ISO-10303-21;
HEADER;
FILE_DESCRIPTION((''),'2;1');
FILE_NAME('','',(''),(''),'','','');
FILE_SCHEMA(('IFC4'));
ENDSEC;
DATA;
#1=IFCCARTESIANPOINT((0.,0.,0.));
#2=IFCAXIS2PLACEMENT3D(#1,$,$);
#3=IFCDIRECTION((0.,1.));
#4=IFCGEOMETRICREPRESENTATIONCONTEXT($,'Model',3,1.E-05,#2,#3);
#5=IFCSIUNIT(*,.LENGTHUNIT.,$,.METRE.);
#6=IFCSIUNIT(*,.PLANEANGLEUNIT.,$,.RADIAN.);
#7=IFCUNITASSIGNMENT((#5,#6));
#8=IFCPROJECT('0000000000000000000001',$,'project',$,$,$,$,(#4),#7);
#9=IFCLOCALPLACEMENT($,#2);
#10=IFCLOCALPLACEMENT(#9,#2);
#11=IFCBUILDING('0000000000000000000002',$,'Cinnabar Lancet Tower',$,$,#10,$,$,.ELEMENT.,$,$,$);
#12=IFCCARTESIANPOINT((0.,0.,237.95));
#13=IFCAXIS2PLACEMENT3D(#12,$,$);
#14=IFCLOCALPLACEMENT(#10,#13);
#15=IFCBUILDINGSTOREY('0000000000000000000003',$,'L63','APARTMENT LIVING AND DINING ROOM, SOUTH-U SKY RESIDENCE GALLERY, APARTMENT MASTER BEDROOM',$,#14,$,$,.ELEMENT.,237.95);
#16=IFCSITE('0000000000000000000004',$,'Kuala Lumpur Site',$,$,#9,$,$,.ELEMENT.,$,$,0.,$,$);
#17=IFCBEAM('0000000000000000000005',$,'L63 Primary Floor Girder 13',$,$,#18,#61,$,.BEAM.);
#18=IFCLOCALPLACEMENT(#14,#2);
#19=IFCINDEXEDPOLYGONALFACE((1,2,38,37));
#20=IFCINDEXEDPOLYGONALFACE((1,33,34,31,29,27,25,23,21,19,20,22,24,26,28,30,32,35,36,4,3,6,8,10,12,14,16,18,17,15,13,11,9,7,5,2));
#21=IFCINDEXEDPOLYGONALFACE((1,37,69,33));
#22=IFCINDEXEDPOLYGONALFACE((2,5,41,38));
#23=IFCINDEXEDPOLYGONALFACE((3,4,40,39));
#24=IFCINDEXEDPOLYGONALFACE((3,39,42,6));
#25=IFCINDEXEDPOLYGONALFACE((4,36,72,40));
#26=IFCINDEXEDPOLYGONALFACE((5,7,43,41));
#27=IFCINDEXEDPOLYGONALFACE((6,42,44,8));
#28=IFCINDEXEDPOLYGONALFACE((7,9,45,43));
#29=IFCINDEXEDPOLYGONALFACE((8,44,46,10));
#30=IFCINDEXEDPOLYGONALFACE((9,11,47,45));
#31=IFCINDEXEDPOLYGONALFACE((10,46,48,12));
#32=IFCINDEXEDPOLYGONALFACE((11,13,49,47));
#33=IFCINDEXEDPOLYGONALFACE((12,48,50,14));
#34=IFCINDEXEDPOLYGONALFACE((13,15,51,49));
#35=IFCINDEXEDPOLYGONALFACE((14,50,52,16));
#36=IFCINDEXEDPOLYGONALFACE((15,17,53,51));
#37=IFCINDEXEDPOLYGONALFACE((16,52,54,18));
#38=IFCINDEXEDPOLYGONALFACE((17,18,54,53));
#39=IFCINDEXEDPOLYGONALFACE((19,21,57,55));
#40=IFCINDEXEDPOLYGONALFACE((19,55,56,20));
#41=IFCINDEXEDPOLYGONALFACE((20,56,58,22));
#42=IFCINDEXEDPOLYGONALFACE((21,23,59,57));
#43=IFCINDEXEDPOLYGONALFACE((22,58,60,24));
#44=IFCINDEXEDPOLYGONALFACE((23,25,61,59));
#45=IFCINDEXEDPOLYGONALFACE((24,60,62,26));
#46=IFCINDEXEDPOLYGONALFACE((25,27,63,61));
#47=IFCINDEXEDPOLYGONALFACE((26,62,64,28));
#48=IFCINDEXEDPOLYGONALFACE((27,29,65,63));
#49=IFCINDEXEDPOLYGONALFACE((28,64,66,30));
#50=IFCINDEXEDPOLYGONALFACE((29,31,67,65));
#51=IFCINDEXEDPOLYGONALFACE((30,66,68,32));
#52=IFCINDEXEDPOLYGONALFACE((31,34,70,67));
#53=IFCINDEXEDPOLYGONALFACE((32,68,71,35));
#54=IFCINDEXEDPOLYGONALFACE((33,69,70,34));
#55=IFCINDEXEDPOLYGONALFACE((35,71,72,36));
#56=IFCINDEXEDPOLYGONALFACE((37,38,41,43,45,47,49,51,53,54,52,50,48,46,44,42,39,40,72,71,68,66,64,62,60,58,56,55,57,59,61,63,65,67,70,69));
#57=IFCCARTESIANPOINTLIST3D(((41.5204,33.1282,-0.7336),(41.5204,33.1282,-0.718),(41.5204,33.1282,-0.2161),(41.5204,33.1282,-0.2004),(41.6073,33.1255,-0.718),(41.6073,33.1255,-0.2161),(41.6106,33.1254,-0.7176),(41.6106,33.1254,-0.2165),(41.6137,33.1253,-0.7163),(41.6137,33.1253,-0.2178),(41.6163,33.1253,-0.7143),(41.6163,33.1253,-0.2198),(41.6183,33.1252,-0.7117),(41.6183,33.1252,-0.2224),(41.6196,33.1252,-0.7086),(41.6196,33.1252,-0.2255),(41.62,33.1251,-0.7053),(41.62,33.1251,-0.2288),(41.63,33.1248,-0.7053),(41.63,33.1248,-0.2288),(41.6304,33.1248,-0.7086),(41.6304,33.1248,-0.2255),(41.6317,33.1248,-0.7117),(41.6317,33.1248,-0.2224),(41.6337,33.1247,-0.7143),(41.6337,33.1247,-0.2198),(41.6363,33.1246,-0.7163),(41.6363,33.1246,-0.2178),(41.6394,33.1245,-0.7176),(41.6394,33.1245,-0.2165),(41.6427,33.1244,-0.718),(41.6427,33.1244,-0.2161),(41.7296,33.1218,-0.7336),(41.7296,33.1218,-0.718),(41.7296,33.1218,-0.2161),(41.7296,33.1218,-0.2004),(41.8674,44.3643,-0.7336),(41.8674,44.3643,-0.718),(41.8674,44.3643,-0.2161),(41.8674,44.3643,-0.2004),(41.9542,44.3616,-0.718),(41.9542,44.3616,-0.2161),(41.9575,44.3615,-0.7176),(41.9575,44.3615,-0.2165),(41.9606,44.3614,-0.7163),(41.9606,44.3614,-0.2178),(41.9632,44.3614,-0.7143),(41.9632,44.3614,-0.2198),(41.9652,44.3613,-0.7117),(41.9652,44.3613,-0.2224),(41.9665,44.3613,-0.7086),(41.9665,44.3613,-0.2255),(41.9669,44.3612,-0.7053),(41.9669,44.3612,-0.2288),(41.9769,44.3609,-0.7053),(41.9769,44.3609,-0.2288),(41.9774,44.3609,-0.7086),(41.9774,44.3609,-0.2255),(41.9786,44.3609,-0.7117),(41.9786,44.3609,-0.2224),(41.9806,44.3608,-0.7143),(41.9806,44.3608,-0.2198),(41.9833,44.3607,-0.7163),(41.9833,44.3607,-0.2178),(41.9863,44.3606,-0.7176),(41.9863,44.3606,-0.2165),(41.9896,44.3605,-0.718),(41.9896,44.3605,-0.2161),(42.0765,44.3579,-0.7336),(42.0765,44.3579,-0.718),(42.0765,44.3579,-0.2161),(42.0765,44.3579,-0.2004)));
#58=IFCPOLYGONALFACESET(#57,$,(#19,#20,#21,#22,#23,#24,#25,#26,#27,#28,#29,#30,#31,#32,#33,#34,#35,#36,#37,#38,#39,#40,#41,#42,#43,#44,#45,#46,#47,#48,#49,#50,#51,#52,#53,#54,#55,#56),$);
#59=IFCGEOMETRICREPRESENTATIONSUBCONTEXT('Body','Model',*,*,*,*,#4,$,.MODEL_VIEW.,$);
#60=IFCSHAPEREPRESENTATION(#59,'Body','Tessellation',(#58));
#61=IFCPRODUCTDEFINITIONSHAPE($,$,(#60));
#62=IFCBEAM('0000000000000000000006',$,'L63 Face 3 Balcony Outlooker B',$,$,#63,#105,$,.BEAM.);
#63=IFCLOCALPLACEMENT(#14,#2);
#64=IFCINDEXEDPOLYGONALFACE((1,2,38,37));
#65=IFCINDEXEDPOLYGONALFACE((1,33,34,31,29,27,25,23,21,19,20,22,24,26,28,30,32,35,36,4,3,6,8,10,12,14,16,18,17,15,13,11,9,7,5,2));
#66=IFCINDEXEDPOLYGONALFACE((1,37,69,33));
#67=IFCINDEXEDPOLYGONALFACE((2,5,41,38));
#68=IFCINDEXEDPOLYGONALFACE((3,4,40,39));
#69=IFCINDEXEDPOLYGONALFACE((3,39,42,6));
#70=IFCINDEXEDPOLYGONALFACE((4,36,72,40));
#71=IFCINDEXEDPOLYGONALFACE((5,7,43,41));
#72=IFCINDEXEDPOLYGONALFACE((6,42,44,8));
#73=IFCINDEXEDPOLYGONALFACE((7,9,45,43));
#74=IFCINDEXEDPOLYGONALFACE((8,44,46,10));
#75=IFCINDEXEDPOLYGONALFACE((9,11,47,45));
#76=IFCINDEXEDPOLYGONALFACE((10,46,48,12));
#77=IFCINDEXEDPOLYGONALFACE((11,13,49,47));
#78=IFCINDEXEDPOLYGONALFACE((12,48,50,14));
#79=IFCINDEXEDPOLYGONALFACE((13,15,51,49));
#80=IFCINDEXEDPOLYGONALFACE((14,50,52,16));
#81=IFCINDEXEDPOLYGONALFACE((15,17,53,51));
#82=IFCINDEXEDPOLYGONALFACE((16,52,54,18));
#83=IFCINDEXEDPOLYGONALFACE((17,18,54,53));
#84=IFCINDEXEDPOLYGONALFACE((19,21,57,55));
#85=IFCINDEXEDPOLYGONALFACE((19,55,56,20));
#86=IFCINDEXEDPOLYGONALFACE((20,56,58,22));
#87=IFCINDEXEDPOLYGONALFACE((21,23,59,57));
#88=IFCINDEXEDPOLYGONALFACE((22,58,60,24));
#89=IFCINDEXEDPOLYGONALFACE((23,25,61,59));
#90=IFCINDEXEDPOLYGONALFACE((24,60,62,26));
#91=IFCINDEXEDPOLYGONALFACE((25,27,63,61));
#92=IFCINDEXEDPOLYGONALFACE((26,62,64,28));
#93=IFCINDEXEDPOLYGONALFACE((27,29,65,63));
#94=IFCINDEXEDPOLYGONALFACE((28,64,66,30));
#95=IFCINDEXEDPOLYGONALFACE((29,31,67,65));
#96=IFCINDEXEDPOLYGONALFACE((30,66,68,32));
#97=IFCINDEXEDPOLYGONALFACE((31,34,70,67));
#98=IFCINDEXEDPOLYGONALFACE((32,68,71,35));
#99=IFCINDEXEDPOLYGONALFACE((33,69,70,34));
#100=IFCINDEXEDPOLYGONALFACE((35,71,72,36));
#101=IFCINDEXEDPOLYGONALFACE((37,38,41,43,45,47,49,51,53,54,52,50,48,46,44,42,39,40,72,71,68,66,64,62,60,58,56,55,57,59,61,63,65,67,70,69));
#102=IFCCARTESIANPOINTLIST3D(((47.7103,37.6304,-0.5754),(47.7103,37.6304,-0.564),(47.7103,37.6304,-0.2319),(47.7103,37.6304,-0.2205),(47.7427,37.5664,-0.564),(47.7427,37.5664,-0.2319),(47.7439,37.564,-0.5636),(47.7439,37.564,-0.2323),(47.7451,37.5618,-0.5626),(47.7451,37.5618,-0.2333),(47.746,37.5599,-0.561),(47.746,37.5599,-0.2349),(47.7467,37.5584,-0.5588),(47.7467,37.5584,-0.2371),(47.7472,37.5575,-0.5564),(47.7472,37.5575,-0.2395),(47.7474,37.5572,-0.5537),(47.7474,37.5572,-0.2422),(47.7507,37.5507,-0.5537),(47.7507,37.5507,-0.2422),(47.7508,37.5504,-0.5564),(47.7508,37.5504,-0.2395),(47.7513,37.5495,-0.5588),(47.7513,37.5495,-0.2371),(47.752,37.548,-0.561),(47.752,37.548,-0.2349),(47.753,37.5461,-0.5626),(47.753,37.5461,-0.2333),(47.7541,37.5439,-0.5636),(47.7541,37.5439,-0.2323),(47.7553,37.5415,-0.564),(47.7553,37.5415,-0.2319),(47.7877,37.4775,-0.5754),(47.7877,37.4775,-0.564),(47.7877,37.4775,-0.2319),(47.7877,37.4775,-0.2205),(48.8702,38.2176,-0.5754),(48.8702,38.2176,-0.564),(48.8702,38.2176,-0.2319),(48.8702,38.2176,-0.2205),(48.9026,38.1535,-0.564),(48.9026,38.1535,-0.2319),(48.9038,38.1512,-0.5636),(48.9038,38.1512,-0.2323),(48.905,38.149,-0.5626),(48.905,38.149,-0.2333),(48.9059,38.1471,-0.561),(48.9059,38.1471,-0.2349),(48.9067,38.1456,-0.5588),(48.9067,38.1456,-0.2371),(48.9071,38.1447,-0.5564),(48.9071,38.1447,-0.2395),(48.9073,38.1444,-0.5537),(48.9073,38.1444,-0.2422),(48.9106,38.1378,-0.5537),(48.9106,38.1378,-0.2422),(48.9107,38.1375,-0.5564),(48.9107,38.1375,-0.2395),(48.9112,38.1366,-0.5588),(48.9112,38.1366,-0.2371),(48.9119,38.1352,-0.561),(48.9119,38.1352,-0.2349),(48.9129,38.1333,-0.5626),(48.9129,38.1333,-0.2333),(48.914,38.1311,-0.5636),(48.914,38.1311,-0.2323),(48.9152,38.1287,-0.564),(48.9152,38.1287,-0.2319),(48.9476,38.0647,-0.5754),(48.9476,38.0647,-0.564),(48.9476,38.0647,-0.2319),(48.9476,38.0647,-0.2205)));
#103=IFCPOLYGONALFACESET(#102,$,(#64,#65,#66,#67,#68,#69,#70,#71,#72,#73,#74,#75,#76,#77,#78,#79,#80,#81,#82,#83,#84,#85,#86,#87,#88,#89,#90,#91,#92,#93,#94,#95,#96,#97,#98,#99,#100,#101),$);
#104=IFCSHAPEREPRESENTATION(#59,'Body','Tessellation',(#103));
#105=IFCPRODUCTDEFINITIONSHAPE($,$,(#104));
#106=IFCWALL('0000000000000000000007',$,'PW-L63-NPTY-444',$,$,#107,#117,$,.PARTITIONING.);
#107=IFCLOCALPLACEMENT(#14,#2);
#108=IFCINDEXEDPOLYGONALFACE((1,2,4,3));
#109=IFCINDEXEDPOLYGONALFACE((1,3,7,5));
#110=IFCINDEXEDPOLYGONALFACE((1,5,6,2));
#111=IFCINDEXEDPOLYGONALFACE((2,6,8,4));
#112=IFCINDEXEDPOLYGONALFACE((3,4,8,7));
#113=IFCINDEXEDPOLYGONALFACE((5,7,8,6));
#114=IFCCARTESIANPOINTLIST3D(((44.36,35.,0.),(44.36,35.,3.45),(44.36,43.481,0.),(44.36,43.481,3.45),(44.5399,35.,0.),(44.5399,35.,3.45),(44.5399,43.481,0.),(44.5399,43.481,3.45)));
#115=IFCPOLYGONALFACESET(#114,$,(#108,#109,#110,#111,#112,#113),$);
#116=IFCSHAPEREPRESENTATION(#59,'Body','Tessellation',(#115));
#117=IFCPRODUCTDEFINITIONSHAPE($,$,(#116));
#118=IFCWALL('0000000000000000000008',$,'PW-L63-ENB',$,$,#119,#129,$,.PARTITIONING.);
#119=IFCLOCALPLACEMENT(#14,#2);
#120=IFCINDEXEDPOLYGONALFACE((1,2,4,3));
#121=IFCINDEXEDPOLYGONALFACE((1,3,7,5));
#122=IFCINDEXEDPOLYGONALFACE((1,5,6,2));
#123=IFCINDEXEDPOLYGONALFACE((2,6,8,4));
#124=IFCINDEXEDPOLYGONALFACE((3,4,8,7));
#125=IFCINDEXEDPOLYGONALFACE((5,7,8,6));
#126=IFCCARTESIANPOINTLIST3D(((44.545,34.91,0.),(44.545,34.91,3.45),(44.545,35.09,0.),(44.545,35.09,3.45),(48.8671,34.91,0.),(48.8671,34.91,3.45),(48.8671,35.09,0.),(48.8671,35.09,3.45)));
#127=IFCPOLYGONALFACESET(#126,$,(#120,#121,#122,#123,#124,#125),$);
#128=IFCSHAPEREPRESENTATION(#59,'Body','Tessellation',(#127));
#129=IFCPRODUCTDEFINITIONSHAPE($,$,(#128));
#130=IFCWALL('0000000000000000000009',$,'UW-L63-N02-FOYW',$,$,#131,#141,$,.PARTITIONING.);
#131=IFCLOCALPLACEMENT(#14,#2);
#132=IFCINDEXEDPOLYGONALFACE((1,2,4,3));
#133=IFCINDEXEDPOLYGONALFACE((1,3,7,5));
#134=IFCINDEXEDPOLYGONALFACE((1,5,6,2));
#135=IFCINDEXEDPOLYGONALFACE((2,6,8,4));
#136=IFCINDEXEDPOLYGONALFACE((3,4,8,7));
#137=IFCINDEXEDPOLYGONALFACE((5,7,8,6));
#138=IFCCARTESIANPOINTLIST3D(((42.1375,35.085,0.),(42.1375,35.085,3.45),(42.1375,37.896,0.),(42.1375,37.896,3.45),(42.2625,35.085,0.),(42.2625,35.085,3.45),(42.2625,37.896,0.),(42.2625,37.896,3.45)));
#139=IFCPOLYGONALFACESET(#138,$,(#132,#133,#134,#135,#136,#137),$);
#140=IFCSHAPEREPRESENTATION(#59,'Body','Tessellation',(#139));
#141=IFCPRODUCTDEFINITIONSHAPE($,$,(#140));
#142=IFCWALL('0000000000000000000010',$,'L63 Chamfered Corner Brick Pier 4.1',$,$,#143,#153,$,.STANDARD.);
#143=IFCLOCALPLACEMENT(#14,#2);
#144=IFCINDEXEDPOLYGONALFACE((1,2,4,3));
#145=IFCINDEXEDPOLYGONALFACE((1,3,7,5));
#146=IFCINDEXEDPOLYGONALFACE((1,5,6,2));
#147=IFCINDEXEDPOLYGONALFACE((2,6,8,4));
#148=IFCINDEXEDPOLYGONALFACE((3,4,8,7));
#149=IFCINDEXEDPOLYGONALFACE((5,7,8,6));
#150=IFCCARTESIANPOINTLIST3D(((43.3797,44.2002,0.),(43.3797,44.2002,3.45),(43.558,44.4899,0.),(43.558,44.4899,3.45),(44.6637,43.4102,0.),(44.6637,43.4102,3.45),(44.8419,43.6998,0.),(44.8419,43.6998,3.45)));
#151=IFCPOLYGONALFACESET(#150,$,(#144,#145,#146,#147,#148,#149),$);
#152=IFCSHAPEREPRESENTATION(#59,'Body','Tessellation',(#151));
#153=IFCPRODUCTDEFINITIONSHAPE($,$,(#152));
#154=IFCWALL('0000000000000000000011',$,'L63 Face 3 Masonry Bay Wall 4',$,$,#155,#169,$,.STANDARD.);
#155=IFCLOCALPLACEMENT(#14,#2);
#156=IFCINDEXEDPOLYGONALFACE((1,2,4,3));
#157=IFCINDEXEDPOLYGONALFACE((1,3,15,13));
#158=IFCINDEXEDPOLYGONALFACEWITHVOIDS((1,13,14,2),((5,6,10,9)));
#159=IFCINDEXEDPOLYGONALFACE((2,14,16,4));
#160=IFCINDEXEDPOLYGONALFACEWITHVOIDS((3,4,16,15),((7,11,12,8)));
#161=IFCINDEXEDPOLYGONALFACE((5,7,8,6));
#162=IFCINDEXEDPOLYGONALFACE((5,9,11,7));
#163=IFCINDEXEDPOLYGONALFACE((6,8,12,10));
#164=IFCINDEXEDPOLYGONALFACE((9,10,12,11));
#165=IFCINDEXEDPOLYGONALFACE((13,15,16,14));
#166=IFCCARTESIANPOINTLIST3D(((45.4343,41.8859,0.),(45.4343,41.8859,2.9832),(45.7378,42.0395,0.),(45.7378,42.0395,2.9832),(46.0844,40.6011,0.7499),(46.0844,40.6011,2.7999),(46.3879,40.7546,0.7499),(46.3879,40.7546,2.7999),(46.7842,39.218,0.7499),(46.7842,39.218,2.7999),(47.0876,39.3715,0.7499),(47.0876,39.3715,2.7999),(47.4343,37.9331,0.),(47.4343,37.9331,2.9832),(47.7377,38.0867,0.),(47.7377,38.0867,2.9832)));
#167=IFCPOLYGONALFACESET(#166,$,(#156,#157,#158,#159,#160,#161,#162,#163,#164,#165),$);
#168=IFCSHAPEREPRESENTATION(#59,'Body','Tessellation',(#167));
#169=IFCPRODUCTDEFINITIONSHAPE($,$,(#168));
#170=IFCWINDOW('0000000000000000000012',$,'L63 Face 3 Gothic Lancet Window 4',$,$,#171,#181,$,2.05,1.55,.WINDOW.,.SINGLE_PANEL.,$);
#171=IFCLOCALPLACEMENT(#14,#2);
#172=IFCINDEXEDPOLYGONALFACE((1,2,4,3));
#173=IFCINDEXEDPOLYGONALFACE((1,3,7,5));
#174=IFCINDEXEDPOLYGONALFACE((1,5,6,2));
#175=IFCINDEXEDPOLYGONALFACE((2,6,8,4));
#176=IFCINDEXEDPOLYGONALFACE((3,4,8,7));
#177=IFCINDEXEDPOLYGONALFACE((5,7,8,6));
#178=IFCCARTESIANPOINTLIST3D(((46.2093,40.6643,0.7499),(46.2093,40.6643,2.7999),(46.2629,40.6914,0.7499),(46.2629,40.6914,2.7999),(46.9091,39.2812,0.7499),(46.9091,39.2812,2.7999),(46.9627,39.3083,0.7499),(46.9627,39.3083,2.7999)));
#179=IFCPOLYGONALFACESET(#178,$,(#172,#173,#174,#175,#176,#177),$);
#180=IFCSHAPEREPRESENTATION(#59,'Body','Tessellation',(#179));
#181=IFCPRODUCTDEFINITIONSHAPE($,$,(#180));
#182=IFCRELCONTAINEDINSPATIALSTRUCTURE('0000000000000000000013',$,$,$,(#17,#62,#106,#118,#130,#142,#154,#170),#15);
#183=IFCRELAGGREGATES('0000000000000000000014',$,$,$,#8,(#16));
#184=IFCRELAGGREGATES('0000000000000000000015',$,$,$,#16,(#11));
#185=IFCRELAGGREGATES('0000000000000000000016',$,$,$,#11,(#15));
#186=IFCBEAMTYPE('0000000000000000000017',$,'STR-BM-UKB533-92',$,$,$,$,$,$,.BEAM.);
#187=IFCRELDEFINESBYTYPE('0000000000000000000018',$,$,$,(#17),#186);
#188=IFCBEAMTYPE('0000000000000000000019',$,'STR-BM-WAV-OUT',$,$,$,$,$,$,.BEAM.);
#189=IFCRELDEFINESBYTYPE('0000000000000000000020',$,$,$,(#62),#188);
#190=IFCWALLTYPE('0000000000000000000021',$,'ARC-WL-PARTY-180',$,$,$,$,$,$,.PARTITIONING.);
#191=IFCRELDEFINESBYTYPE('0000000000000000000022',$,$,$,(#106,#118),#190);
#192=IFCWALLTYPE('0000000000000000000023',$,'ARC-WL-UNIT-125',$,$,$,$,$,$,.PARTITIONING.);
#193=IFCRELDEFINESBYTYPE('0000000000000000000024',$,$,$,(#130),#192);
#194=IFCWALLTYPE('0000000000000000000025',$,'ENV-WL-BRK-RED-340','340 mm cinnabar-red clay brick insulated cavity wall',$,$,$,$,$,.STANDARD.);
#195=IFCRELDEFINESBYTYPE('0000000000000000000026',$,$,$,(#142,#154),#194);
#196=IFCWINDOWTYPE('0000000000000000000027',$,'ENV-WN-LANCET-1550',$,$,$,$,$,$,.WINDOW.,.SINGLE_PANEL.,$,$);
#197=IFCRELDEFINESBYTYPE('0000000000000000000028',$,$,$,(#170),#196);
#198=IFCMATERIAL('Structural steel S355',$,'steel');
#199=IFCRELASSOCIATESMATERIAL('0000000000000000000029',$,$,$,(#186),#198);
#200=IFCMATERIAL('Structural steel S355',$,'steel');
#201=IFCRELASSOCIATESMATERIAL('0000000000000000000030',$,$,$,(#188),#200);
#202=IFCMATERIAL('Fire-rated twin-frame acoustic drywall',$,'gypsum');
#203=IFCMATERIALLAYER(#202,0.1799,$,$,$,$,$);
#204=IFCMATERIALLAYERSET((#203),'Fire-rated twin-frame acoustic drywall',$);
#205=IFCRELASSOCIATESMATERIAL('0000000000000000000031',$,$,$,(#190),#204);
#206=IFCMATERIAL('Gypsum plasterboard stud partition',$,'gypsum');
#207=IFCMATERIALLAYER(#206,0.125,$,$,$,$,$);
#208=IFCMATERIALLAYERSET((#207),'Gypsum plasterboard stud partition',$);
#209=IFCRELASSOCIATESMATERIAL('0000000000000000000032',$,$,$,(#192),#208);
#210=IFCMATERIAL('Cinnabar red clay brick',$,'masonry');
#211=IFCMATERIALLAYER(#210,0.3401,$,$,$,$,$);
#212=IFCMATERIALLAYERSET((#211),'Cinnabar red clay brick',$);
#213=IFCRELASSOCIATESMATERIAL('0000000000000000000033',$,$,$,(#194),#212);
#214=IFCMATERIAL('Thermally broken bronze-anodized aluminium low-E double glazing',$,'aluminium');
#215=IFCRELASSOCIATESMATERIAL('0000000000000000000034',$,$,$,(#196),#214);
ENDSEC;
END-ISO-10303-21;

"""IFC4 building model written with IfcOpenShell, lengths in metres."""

from ifc_helpers import new_model, si_unit, direction, frame, frame_2d, origin, origin_2d, place, context, subcontext, project, spatial, rectangle, i_section, extrude, material, layer, layer_set, material_profile, profile_set, type_object, element, fill, save


model = new_model("IFC4")

# Units and contexts
model_context = context("Model", 3, precision=1e-05, world=origin(), true_north=direction((0.0, 1.0)))
body_context = subcontext(model_context, "Body", "Model", "MODEL_VIEW")
ifc_project = project(units=[si_unit("LENGTHUNIT", "METRE"), si_unit("PLANEANGLEUNIT", "RADIAN")], contexts=[model_context])

# Site, building, storey
site_placement = place(None, origin())
site = spatial("IfcSite", under=ifc_project, at=site_placement, Name="Kuala Lumpur Site", CompositionType="ELEMENT", RefElevation=0.0)
building_placement = place(site_placement, origin())
building = spatial("IfcBuilding", under=site, at=building_placement, Name="Cinnabar Lancet Tower", CompositionType="ELEMENT")
storey_placement = place(building_placement, frame((0.0, 0.0, 237.95)))
storey = spatial("IfcBuildingStorey", under=building, at=storey_placement, Name="L63", Description="APARTMENT LIVING AND DINING ROOM, SOUTH-U SKY RESIDENCE GALLERY, APARTMENT MASTER BEDROOM", CompositionType="ELEMENT", Elevation=237.95)

# Beams
ifc_material_1 = material(Name="Structural steel S355", Category="steel")
ifc_material_profile_1 = material_profile(ifc_material_1, i_section(OverallWidth=0.2092, OverallDepth=0.5332, WebThickness=0.01, FlangeThickness=0.0156, FilletRadius=0.0127, at=origin_2d()), Name="UKB 533x210x92")
ifc_profile_set_1 = profile_set([ifc_material_profile_1], Name="Structural steel S355")
beam_type_1 = type_object("IfcBeamType", Name="STR-BM-UKB533-92", PredefinedType="BEAM", material=ifc_profile_set_1)
beam_1_placement = place(storey_placement, frame((41.9719, 44.3611, -0.467), z_axis=(-0.030861, -0.999524, 0.0), x_axis=(0.999524, -0.030861, 0.0)))
element("IfcBeam", 1, at=beam_1_placement, inside=storey, type_object=beam_type_1, Name="L63 Primary Floor Girder 13", PredefinedType="BEAM", context=body_context, shape_type="SweptSolid", body=[
    extrude(i_section(OverallWidth=0.2092, OverallDepth=0.5332, WebThickness=0.01, FlangeThickness=0.0156, FilletRadius=0.0127, at=origin_2d()), origin(), (0.0, 0.0, 1.0), 11.2415),
])
ifc_material_2 = material(Name="Structural steel S355", Category="steel")
ifc_material_profile_2 = material_profile(ifc_material_2, i_section(OverallWidth=0.1714, OverallDepth=0.355, WebThickness=0.0073, FlangeThickness=0.0115, FilletRadius=0.0103, at=origin_2d()), Name="UKB 356x171x51")
ifc_profile_set_2 = profile_set([ifc_material_profile_2], Name="Structural steel S355")
beam_type_2 = type_object("IfcBeamType", Name="STR-BM-WAV-OUT", PredefinedType="BEAM", material=ifc_profile_set_2)
beam_2_placement = place(storey_placement, frame((47.749, 37.554, -0.3979), z_axis=(0.8922, 0.45164, 0.0), x_axis=(-0.45164, 0.8922, 0.0)))
element("IfcBeam", 2, at=beam_2_placement, inside=storey, type_object=beam_type_2, Name="L63 Face 3 Balcony Outlooker B", PredefinedType="BEAM", context=body_context, shape_type="SweptSolid", body=[
    extrude(i_section(OverallWidth=0.1714, OverallDepth=0.355, WebThickness=0.0073, FlangeThickness=0.0115, FilletRadius=0.0103, at=origin_2d()), origin(), (0.0, 0.0, 1.0), 1.3),
])

# Walls
ifc_material_3 = material(Name="Fire-rated twin-frame acoustic drywall", Category="gypsum")
ifc_layer_1 = layer(ifc_material_3, 0.1799)
ifc_layer_set_1 = layer_set([ifc_layer_1], Name="Fire-rated twin-frame acoustic drywall")
wall_type_1 = type_object("IfcWallType", Name="ARC-WL-PARTY-180", PredefinedType="PARTITIONING", material=ifc_layer_set_1)
wall_1_placement = place(storey_placement, frame((44.45, 35.0, 0.0), z_axis=(0.0, 0.0, 1.0), x_axis=(0.0, 1.0, 0.0)))
element("IfcWall", 3, at=wall_1_placement, inside=storey, type_object=wall_type_1, Name="PW-L63-NPTY-444", PredefinedType="PARTITIONING", context=body_context, shape_type="SweptSolid", body=[
    extrude(rectangle(XDim=8.481, YDim=0.1799, at=frame_2d((4.2405, 0.0))), origin(), (0.0, 0.0, 1.0), 3.45),
])
wall_2_placement = place(storey_placement, frame((44.5449, 35.0, 0.0), z_axis=(0.0, 0.0, 1.0), x_axis=(1.0, 0.0, 0.0)))
element("IfcWall", 4, at=wall_2_placement, inside=storey, type_object=wall_type_1, Name="PW-L63-ENB", PredefinedType="PARTITIONING", context=body_context, shape_type="SweptSolid", body=[
    extrude(rectangle(XDim=4.322, YDim=0.1799, at=frame_2d((2.1611, 0.0))), origin(), (0.0, 0.0, 1.0), 3.45),
])
ifc_material_4 = material(Name="Gypsum plasterboard stud partition", Category="gypsum")
ifc_layer_2 = layer(ifc_material_4, 0.125)
ifc_layer_set_2 = layer_set([ifc_layer_2], Name="Gypsum plasterboard stud partition")
wall_type_2 = type_object("IfcWallType", Name="ARC-WL-UNIT-125", PredefinedType="PARTITIONING", material=ifc_layer_set_2)
wall_3_placement = place(storey_placement, frame((42.2, 35.085, 0.0), z_axis=(0.0, 0.0, 1.0), x_axis=(0.0, 1.0, 0.0)))
element("IfcWall", 5, at=wall_3_placement, inside=storey, type_object=wall_type_2, Name="UW-L63-N02-FOYW", PredefinedType="PARTITIONING", context=body_context, shape_type="SweptSolid", body=[
    extrude(rectangle(XDim=2.811, YDim=0.125, at=frame_2d((1.4055, 0.0))), origin(), (0.0, 0.0, 1.0), 3.45),
])
ifc_material_5 = material(Name="Cinnabar red clay brick", Category="masonry")
ifc_layer_3 = layer(ifc_material_5, 0.3401)
ifc_layer_set_3 = layer_set([ifc_layer_3], Name="Cinnabar red clay brick")
wall_type_3 = type_object("IfcWallType", Name="ENV-WL-BRK-RED-340", Description="340 mm cinnabar-red clay brick insulated cavity wall", PredefinedType="STANDARD", material=ifc_layer_set_3)
wall_4_placement = place(storey_placement, frame((44.7529, 43.5549, 0.0), z_axis=(0.0, 0.0, 1.0), x_axis=(-0.851681, 0.524061, 0.0)))
element("IfcWall", 6, at=wall_4_placement, inside=storey, type_object=wall_type_3, Name="L63 Chamfered Corner Brick Pier 4.1", PredefinedType="STANDARD", context=body_context, shape_type="SweptSolid", body=[
    extrude(rectangle(XDim=1.5076, YDim=0.3401, at=frame_2d((0.7539, 0.0))), origin(), (0.0, 0.0, 1.0), 3.45),
])

# Wall, opening, window
wall_5_placement = place(storey_placement, frame((47.5859, 38.01, 0.0), z_axis=(0.0, 0.0, 1.0), x_axis=(-0.451463, 0.89229, 0.0)))
wall_5 = element("IfcWall", 7, at=wall_5_placement, inside=storey, type_object=wall_type_3, Name="L63 Face 3 Masonry Bay Wall 4", PredefinedType="STANDARD", context=body_context, shape_type="SweptSolid", body=[
    extrude(rectangle(XDim=4.4299, YDim=0.3401, at=frame_2d((2.2148, 0.0))), origin(), (0.0, 0.0, 1.0), 2.9832),
])
opening_placement = place(wall_5_placement, frame((1.4399, 0.0, 0.75)))
opening = element("IfcOpeningElement", 8, at=opening_placement, cuts=wall_5, PredefinedType="OPENING", context=body_context, shape_type="SweptSolid", body=[
    extrude(rectangle(XDim=1.55, YDim=2.05, at=frame_2d((0.7749, 1.0249))), frame((0.0, 0.1799, 0.0), z_axis=(0.0, -1.0, 0.0), x_axis=(1.0, 0.0, 0.0)), (0.0, 0.0, 1.0), 0.3601),
])
ifc_material_6 = material(Name="Thermally broken bronze-anodized aluminium low-E double glazing", Category="aluminium")
window_type = type_object("IfcWindowType", Name="ENV-WN-LANCET-1550", PartitioningType="SINGLE_PANEL", PredefinedType="WINDOW", material=ifc_material_6)
window_placement = place(opening_placement, origin())
window = element("IfcWindow", 9, at=window_placement, inside=storey, type_object=window_type, Name="L63 Face 3 Gothic Lancet Window 4", OverallHeight=2.05, OverallWidth=1.55, PartitioningType="SINGLE_PANEL", PredefinedType="WINDOW", context=body_context, shape_type="SweptSolid", body=[
    extrude(rectangle(XDim=1.55, YDim=2.05, at=frame_2d((0.7749, 1.0249))), frame((0.0, 0.03, 0.0), z_axis=(0.0, -1.0, 0.0), x_axis=(1.0, 0.0, 0.0)), (0.0, 0.0, 1.0), 0.0601),
])
fill(opening, window)

save(model, "model.ifc")
